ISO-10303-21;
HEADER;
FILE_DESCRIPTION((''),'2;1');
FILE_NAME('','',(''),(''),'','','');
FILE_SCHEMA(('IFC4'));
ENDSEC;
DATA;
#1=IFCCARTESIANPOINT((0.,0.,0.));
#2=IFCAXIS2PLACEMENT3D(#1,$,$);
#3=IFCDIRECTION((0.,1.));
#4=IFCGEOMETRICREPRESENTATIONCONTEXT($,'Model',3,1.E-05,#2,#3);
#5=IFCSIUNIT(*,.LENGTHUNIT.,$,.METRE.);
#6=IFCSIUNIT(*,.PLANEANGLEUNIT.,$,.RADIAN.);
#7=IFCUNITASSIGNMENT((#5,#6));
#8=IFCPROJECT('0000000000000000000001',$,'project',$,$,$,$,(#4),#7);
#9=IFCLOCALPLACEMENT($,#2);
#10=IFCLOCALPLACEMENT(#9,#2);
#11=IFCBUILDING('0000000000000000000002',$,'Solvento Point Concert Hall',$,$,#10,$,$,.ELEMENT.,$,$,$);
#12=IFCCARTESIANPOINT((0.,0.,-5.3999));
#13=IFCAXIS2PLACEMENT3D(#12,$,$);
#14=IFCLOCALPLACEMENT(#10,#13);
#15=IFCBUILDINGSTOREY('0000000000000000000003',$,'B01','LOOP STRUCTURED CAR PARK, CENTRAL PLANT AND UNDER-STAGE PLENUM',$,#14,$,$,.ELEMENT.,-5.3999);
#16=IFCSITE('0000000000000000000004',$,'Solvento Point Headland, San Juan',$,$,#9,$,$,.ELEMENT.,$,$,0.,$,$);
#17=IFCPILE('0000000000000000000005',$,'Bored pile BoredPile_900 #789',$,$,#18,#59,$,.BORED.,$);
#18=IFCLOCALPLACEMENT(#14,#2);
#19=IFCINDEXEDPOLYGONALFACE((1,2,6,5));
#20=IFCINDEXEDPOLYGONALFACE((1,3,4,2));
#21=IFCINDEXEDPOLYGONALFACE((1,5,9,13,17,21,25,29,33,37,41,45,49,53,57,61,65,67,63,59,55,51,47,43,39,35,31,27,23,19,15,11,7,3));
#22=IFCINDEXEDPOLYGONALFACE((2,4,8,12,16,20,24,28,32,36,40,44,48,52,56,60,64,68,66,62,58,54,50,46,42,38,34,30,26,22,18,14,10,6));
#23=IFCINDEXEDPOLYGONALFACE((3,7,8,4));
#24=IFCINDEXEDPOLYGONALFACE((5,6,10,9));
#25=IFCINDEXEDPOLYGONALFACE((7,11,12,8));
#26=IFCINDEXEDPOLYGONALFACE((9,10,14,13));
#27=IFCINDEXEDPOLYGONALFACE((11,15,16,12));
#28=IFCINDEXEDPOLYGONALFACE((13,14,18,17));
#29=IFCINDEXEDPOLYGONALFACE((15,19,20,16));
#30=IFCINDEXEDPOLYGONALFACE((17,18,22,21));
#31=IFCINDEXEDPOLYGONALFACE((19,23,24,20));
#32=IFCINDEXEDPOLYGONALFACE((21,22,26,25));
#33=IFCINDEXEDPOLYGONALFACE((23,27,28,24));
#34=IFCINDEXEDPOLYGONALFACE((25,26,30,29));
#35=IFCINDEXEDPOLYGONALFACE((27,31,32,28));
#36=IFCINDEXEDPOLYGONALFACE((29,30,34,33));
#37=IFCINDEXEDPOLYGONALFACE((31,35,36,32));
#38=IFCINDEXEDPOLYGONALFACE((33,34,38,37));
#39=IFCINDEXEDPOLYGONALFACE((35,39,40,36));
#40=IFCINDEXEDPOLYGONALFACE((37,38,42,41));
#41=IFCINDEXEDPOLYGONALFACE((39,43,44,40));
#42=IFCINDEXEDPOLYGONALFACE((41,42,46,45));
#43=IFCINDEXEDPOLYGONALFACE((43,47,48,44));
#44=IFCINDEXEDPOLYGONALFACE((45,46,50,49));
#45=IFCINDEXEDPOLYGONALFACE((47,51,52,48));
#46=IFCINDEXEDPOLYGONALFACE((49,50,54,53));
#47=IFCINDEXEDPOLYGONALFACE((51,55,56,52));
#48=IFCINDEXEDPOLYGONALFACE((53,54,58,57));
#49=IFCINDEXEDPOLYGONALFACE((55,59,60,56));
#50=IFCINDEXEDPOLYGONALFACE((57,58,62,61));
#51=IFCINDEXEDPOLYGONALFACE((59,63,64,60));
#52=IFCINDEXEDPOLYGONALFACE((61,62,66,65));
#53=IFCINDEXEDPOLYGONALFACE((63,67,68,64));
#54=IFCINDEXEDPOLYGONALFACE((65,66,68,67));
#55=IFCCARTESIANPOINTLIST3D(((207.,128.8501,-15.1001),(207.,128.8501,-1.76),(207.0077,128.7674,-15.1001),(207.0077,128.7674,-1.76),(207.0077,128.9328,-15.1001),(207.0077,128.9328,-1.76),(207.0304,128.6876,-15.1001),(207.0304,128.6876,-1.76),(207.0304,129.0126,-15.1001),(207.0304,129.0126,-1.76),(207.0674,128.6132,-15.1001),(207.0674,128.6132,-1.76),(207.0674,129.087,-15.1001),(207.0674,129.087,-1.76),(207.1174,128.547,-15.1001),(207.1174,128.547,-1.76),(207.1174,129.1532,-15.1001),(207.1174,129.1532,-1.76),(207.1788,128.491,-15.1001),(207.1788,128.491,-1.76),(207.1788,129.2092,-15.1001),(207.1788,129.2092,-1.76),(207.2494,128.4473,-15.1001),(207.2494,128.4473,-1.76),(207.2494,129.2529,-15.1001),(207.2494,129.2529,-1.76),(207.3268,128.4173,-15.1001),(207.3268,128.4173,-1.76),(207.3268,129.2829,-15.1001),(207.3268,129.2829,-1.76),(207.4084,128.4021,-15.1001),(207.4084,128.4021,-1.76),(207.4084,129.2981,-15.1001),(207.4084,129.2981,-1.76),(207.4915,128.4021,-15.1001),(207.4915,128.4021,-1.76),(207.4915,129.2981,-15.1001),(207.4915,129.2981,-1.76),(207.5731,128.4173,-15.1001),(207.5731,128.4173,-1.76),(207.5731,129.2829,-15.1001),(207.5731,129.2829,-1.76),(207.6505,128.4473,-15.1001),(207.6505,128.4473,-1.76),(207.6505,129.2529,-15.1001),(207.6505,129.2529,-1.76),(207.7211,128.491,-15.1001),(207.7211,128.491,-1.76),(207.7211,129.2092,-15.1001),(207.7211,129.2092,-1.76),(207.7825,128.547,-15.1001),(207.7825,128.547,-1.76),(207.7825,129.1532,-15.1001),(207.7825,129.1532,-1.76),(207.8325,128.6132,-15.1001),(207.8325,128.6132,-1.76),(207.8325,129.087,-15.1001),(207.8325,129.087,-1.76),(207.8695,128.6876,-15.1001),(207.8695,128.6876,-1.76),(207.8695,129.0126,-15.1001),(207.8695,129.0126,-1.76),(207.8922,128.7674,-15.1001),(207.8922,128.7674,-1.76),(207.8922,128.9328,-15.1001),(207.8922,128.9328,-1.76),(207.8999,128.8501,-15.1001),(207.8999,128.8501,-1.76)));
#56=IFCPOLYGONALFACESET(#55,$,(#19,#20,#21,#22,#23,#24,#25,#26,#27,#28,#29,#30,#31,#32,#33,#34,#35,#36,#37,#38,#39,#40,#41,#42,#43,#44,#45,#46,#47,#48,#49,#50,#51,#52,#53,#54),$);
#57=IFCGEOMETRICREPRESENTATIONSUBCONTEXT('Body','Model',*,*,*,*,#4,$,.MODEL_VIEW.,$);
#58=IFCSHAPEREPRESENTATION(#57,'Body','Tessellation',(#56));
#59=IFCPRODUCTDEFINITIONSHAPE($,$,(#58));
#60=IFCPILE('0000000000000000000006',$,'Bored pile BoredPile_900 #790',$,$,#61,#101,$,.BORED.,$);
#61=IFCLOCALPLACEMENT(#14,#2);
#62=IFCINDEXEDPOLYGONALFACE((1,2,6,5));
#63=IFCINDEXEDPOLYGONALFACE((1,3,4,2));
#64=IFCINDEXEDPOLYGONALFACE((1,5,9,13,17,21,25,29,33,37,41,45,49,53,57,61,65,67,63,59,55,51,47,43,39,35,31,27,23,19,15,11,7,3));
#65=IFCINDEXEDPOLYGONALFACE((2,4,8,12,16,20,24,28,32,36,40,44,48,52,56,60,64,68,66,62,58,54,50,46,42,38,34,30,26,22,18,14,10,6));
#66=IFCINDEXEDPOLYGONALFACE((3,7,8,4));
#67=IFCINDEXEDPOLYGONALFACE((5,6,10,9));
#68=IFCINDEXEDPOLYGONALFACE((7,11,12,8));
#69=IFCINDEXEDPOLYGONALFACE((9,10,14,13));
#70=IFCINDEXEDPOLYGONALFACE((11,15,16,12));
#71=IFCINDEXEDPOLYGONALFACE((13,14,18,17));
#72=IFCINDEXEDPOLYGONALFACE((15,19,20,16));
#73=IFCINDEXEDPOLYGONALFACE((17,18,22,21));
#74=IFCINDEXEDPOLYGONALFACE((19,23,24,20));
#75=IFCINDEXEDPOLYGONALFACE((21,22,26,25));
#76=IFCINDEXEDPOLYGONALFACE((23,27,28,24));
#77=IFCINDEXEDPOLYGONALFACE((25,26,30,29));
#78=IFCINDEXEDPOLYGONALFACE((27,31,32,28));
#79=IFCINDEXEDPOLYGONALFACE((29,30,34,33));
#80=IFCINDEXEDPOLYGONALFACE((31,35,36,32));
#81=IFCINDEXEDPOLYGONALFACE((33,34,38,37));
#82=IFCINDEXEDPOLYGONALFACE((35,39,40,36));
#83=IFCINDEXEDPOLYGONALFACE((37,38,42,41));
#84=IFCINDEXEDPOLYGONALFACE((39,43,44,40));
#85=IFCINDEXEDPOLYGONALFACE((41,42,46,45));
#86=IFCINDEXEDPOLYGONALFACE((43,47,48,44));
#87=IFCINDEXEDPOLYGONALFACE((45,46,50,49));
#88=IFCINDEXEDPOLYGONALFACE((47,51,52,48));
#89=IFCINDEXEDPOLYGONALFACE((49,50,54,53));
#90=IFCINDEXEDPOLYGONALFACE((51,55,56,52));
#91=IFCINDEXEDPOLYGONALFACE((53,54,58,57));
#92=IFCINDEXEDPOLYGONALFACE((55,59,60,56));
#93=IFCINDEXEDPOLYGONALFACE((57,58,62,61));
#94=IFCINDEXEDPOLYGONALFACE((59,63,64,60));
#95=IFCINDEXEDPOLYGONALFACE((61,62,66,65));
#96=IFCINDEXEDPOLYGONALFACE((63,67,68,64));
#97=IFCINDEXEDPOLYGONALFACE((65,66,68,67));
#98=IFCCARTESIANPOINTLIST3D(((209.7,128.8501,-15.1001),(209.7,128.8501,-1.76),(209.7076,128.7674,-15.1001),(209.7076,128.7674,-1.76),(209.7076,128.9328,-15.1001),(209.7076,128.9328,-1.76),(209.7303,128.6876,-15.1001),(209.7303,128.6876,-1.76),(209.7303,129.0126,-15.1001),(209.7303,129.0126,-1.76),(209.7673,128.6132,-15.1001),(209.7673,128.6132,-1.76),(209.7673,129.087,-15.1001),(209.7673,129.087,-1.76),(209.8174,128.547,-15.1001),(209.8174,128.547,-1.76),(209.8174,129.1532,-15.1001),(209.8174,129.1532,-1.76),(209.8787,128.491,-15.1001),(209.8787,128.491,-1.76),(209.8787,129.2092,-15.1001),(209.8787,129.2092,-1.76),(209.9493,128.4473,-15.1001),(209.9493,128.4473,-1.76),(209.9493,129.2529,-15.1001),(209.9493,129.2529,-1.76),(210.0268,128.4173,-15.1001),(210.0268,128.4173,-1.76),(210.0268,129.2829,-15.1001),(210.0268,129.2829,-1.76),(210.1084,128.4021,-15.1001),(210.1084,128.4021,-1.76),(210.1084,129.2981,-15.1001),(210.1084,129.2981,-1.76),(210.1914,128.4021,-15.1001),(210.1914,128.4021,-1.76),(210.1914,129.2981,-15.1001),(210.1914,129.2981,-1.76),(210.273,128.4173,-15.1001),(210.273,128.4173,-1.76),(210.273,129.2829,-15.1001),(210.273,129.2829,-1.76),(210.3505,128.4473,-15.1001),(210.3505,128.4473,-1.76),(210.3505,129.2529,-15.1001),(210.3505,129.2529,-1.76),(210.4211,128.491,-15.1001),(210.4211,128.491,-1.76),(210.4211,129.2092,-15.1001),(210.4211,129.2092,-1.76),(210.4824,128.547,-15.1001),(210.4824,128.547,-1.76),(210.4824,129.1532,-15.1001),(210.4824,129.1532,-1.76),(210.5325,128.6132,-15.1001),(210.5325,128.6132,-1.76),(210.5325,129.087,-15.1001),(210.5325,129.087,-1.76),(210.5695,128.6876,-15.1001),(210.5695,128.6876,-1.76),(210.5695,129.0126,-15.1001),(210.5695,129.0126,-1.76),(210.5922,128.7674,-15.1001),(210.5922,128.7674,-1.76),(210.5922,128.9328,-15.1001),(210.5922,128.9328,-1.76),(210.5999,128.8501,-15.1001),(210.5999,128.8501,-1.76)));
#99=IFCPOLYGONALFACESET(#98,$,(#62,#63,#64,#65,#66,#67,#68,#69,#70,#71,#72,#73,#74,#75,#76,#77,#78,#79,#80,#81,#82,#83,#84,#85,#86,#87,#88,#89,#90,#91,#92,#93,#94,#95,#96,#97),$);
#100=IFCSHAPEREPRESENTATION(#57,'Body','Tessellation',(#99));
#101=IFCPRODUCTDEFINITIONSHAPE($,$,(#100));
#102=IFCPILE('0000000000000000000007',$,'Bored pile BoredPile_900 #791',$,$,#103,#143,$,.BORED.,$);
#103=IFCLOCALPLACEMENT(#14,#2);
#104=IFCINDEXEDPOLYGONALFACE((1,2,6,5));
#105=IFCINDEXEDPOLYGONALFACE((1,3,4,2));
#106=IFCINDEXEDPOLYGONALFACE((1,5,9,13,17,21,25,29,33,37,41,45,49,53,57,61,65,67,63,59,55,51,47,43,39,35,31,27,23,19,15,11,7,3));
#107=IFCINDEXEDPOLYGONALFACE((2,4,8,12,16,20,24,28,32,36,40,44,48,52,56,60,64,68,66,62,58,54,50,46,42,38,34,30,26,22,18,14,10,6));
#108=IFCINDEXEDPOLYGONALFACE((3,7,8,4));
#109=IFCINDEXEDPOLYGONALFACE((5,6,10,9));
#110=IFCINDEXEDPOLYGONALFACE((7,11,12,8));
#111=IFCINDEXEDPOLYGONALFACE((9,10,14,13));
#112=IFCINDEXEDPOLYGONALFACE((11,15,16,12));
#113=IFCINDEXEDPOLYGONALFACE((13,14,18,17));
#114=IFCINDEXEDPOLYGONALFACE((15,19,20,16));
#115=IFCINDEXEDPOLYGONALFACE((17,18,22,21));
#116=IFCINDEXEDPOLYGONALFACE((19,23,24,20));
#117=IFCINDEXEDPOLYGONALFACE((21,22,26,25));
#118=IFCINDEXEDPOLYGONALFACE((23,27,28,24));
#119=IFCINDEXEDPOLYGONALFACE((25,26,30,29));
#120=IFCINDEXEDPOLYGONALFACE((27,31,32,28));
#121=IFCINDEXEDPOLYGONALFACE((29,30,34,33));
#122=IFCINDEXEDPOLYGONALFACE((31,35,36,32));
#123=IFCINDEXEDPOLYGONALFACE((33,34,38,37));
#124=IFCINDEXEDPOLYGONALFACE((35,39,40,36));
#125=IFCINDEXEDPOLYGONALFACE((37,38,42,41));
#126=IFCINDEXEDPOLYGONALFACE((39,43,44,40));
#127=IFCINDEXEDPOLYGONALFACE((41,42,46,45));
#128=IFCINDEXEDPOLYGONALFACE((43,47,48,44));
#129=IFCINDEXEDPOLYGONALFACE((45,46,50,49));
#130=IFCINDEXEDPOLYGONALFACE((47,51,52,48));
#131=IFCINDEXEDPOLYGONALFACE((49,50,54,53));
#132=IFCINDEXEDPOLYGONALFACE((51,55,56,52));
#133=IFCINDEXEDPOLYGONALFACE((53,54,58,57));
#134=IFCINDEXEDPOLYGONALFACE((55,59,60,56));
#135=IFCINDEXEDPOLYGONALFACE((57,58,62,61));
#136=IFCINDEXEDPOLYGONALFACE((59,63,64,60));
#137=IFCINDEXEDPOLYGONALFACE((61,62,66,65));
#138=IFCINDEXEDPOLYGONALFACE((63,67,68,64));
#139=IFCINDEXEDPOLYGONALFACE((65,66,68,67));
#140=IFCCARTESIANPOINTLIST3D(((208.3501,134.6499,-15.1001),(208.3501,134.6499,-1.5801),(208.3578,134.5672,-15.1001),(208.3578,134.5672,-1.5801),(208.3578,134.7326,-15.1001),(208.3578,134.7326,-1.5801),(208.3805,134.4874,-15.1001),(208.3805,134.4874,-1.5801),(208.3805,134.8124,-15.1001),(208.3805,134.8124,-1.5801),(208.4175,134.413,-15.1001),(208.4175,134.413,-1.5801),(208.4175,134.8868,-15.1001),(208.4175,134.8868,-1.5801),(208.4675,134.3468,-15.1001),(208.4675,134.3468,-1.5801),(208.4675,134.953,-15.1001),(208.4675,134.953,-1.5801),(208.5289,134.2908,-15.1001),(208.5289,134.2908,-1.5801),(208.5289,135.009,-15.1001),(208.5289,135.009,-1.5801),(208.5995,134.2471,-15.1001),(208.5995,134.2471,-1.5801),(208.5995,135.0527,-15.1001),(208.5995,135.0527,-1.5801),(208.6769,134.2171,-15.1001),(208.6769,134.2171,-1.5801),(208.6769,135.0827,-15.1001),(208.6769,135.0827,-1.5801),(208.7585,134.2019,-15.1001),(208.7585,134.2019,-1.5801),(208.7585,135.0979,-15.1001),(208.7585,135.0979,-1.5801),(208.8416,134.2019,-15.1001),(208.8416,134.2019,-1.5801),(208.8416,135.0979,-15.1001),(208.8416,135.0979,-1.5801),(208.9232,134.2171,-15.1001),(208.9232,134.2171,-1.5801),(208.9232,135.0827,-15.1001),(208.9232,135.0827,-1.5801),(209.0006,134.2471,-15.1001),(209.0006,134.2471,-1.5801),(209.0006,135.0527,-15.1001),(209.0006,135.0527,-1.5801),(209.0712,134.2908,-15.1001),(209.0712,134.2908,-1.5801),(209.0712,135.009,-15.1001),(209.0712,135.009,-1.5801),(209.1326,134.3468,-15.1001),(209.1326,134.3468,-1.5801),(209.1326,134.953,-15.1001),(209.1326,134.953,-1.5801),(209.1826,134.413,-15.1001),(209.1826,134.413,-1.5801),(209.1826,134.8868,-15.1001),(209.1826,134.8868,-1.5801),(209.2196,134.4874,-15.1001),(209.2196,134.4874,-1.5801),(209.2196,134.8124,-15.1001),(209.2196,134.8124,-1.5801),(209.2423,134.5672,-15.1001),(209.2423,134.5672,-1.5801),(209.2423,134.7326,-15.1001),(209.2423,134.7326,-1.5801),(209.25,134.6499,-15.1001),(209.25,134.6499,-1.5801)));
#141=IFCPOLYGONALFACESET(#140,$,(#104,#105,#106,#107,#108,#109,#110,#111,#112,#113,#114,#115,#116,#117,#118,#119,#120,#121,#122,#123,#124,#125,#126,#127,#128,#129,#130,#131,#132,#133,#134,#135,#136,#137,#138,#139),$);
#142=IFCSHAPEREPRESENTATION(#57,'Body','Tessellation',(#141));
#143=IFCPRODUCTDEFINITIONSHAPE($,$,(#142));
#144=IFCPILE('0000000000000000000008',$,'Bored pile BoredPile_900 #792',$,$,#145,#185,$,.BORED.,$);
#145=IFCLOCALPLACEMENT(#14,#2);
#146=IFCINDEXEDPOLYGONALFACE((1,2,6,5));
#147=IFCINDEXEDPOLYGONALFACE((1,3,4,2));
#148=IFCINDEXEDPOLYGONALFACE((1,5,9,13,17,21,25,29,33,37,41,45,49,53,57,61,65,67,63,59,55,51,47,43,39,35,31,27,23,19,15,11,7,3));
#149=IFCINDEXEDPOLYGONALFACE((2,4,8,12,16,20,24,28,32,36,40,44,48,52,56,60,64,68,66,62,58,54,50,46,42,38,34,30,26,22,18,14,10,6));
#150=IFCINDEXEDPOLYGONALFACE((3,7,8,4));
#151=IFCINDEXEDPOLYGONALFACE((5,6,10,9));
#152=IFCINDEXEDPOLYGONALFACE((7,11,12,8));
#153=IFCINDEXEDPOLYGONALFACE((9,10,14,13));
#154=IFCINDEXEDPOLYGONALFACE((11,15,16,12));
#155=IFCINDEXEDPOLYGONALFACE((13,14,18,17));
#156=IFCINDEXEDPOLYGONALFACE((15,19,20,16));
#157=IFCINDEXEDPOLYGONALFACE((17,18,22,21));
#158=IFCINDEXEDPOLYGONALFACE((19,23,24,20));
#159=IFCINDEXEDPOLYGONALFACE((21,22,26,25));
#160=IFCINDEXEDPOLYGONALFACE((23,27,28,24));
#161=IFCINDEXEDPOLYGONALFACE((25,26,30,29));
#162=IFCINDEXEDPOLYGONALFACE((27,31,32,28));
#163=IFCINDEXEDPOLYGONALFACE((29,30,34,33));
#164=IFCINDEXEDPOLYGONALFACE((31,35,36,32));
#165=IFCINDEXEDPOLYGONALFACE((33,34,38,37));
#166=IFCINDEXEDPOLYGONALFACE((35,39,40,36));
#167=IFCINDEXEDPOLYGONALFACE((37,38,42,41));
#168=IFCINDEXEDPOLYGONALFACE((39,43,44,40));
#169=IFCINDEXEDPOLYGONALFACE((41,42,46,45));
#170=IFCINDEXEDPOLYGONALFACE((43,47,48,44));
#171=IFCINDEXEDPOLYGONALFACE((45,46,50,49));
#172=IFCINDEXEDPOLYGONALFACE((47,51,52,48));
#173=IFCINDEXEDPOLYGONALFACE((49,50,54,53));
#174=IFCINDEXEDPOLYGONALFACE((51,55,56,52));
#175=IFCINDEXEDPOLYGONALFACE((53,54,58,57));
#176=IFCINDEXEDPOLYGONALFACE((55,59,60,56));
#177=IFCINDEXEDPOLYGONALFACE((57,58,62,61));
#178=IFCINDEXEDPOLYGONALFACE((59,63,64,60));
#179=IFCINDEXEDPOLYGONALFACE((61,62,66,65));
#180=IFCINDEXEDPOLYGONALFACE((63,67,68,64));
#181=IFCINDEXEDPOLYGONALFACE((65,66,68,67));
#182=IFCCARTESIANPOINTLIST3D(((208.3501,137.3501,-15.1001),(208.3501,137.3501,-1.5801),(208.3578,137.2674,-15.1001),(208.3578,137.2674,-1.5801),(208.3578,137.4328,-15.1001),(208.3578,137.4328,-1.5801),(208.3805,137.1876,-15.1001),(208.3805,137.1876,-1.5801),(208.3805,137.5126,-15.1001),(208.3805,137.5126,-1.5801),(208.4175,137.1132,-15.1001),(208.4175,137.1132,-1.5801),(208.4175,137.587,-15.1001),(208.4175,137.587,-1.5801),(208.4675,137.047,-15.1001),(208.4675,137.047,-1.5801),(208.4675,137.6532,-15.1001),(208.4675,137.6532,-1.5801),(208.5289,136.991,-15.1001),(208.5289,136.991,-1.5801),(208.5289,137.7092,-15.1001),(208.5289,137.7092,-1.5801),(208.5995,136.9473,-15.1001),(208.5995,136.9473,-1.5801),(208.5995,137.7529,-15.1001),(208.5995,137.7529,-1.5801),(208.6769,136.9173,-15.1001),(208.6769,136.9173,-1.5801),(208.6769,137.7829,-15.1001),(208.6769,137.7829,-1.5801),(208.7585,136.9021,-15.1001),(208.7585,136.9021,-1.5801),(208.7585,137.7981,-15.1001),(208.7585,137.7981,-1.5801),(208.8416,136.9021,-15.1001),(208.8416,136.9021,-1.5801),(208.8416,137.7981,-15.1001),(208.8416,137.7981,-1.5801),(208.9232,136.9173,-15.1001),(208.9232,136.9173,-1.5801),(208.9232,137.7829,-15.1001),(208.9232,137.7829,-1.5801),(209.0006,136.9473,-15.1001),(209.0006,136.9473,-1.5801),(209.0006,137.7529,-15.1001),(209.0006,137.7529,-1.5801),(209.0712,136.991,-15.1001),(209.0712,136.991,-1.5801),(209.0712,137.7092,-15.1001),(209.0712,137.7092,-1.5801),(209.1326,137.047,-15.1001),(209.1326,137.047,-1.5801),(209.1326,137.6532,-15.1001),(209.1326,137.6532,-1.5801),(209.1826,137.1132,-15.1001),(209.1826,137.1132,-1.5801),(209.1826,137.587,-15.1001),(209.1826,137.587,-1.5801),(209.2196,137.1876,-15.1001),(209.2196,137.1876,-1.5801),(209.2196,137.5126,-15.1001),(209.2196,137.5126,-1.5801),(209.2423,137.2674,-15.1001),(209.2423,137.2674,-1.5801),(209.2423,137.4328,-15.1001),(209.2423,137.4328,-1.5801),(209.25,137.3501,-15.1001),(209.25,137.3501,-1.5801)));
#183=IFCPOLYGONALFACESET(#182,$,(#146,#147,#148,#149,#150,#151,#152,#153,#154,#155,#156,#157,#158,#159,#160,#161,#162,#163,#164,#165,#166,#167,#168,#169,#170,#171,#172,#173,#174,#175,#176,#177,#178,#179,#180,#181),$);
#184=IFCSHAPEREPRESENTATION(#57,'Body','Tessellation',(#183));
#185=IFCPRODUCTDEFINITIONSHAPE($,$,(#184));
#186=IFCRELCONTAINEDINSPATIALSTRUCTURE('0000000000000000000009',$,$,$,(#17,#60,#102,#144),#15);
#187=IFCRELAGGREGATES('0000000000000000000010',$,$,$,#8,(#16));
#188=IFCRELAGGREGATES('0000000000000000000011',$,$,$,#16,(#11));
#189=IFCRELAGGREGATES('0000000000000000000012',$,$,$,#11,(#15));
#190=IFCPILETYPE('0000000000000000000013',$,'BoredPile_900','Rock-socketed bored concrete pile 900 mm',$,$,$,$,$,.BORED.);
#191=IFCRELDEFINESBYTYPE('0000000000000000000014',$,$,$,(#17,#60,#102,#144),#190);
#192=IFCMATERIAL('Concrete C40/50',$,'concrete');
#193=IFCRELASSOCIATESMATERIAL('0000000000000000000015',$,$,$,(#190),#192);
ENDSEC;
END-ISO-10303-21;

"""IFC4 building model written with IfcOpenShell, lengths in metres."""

from ifc_helpers import new_model, si_unit, direction, frame, origin, origin_2d, place, context, subcontext, project, spatial, circle, extrude, material, material_profile, profile_set, type_object, element, save


model = new_model("IFC4")

# Units and contexts
model_context = context("Model", 3, precision=1e-05, world=origin(), true_north=direction((0.0, 1.0)))
body_context = subcontext(model_context, "Body", "Model", "MODEL_VIEW")
ifc_project = project(units=[si_unit("LENGTHUNIT", "METRE"), si_unit("PLANEANGLEUNIT", "RADIAN")], contexts=[model_context])

# Site, building, storey
site_placement = place(None, origin())
site = spatial("IfcSite", under=ifc_project, at=site_placement, Name="Solvento Point Headland, San Juan", CompositionType="ELEMENT", RefElevation=0.0)
building_placement = place(site_placement, origin())
building = spatial("IfcBuilding", under=site, at=building_placement, Name="Solvento Point Concert Hall", CompositionType="ELEMENT")
storey_placement = place(building_placement, frame((0.0, 0.0, -5.3999)))
storey = spatial("IfcBuildingStorey", under=building, at=storey_placement, Name="B01", Description="LOOP STRUCTURED CAR PARK, CENTRAL PLANT AND UNDER-STAGE PLENUM", CompositionType="ELEMENT", Elevation=-5.3999)

# Piles
ifc_material_1 = material(Name="Concrete C40/50", Category="concrete")
ifc_material_profile_1 = material_profile(ifc_material_1, circle(Radius=0.45, at=origin_2d()), Name="BP-900")
ifc_profile_set_1 = profile_set([ifc_material_profile_1], Name="Concrete C40/50")
pile_type_1 = type_object("IfcPileType", Name="BoredPile_900", Description="Rock-socketed bored concrete pile 900 mm", PredefinedType="BORED", material=ifc_profile_set_1)
for number, where, z_axis, x_axis, name in (
    (1, (207.45, 128.8501, -1.76), (0.0, 0.0, -1.0), (1.0, 0.0, 0.0), "Bored pile BoredPile_900 #789"),
    (2, (210.1499, 128.8501, -1.76), (0.0, 0.0, -1.0), (1.0, 0.0, 0.0), "Bored pile BoredPile_900 #790"),
):
    element("IfcPile", number, at=place(storey_placement, frame(where, z_axis=z_axis, x_axis=x_axis)), inside=storey, type_object=pile_type_1, Name=name, PredefinedType="BORED", context=body_context, shape_type="SweptSolid", body=[
        extrude(circle(Radius=0.45, at=origin_2d()), origin(), (0.0, 0.0, 1.0), 13.3401),
    ])
for number, where, z_axis, x_axis, name in (
    (3, (208.8, 134.6499, -1.5801), (0.0, 0.0, -1.0), (1.0, 0.0, 0.0), "Bored pile BoredPile_900 #791"),
    (4, (208.8, 137.3501, -1.5801), (0.0, 0.0, -1.0), (1.0, 0.0, 0.0), "Bored pile BoredPile_900 #792"),
):
    element("IfcPile", number, at=place(storey_placement, frame(where, z_axis=z_axis, x_axis=x_axis)), inside=storey, type_object=pile_type_1, Name=name, PredefinedType="BORED", context=body_context, shape_type="SweptSolid", body=[
        extrude(circle(Radius=0.45, at=origin_2d()), origin(), (0.0, 0.0, 1.0), 13.52),
    ])

save(model, "model.ifc")
